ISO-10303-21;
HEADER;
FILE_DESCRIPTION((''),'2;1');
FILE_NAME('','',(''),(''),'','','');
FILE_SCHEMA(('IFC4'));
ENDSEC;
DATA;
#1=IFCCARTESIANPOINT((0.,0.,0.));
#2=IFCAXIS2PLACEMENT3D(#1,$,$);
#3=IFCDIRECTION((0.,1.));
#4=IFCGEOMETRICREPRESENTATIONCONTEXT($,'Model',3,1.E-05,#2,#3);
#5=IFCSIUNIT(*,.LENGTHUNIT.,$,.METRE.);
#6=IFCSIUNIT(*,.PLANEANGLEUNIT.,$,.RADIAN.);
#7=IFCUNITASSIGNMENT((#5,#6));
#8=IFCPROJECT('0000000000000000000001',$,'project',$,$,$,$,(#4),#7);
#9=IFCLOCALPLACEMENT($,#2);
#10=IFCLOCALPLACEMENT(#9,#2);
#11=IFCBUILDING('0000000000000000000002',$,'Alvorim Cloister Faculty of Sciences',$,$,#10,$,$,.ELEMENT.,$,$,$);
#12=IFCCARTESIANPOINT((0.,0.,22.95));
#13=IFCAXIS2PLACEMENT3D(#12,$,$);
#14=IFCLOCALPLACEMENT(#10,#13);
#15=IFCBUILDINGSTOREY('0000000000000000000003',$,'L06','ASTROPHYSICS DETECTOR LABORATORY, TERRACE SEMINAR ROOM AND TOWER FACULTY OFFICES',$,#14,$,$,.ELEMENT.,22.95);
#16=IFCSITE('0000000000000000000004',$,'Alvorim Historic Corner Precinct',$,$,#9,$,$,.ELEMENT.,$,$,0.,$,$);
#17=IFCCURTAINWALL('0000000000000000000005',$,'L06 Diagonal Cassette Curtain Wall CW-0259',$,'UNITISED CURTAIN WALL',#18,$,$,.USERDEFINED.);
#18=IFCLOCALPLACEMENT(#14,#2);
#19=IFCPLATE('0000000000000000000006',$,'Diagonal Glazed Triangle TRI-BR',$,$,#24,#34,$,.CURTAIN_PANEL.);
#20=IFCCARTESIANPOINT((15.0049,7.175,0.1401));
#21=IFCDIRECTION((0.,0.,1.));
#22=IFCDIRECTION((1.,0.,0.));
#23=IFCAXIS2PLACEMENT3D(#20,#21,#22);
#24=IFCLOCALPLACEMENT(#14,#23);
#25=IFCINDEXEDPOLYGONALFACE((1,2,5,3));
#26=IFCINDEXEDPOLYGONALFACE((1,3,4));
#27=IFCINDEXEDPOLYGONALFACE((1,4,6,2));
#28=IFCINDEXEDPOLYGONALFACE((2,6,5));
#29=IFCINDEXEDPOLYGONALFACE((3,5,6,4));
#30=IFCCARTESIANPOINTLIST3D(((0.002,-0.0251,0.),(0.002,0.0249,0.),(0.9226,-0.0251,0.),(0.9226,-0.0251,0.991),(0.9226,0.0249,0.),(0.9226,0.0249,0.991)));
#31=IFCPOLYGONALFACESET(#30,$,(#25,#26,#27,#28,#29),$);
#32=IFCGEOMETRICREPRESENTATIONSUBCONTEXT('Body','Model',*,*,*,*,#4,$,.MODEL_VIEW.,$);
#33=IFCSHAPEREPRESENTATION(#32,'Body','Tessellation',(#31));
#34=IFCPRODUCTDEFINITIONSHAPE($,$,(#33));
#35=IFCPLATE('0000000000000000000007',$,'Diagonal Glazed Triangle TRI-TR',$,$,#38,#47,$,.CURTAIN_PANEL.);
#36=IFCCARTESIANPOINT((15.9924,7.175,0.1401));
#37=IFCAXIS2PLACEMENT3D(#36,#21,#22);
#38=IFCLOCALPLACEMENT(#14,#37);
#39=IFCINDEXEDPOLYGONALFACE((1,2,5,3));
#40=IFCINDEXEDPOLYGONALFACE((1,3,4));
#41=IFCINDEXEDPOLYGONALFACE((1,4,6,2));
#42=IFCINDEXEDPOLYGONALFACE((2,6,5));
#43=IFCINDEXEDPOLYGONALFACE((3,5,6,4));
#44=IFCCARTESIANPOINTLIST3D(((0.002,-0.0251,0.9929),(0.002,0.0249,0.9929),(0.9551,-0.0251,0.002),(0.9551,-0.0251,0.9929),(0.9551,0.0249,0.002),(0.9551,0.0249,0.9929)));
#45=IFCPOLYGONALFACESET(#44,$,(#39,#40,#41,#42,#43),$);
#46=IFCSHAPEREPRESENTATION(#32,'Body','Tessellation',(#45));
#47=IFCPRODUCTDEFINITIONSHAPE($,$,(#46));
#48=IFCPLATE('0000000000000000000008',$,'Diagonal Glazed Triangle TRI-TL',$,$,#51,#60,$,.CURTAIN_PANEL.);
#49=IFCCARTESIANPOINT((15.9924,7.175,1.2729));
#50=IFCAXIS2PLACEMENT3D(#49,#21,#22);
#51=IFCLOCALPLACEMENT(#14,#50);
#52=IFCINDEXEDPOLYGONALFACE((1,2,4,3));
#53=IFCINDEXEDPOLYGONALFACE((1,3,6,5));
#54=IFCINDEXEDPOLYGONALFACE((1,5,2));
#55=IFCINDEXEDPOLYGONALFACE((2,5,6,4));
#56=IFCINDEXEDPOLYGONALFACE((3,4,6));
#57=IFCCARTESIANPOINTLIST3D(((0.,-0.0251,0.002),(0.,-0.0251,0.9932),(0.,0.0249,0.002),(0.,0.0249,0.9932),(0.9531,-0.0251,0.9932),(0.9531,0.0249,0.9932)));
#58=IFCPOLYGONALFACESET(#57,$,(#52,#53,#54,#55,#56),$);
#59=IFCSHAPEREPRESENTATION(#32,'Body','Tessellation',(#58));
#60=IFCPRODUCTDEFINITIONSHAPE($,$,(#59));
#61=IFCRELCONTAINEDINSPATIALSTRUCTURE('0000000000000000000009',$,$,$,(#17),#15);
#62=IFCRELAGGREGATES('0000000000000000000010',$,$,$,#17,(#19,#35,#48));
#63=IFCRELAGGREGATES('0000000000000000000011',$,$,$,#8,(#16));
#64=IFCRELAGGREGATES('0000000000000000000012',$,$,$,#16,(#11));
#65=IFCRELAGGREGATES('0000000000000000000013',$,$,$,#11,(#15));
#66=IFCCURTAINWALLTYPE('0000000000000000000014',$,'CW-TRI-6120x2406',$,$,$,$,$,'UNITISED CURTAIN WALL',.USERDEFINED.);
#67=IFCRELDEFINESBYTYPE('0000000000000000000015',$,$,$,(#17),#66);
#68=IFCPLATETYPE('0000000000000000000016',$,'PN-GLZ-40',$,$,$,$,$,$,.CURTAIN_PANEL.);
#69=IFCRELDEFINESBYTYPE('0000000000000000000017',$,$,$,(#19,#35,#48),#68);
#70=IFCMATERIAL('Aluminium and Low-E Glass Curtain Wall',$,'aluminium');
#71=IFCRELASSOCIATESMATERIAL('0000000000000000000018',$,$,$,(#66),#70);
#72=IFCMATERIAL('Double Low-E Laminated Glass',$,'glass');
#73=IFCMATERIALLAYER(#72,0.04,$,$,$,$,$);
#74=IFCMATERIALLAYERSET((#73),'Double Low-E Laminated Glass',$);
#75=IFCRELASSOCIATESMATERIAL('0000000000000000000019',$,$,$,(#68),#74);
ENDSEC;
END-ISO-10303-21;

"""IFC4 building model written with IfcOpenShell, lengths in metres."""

from ifc_helpers import new_model, si_unit, direction, frame, origin, place, context, subcontext, project, spatial, polyline, outline, extrude, material, layer, layer_set, type_object, element, aggregate, save


model = new_model("IFC4")

# Units and contexts
model_context = context("Model", 3, precision=1e-05, world=origin(), true_north=direction((0.0, 1.0)))
body_context = subcontext(model_context, "Body", "Model", "MODEL_VIEW")
ifc_project = project(units=[si_unit("LENGTHUNIT", "METRE"), si_unit("PLANEANGLEUNIT", "RADIAN")], contexts=[model_context])

# Site, building, storey
site_placement = place(None, origin())
site = spatial("IfcSite", under=ifc_project, at=site_placement, Name="Alvorim Historic Corner Precinct", CompositionType="ELEMENT", RefElevation=0.0)
building_placement = place(site_placement, origin())
building = spatial("IfcBuilding", under=site, at=building_placement, Name="Alvorim Cloister Faculty of Sciences", CompositionType="ELEMENT")
storey_placement = place(building_placement, frame((0.0, 0.0, 22.95)))
storey = spatial("IfcBuildingStorey", under=building, at=storey_placement, Name="L06", Description="ASTROPHYSICS DETECTOR LABORATORY, TERRACE SEMINAR ROOM AND TOWER FACULTY OFFICES", CompositionType="ELEMENT", Elevation=22.95)

# Curtain wall
ifc_material_1 = material(Name="Aluminium and Low-E Glass Curtain Wall", Category="aluminium")
curtain_wall_type = type_object("IfcCurtainWallType", Name="CW-TRI-6120x2406", ElementType="UNITISED CURTAIN WALL", PredefinedType="USERDEFINED", material=ifc_material_1)
curtain_wall_1_placement = place(storey_placement, origin())
curtain_wall_1 = element("IfcCurtainWall", 1, at=curtain_wall_1_placement, inside=storey, type_object=curtain_wall_type, Name="L06 Diagonal Cassette Curtain Wall CW-0259", ObjectType="UNITISED CURTAIN WALL", PredefinedType="USERDEFINED")

# Plates
ifc_material_2 = material(Name="Double Low-E Laminated Glass", Category="glass")
ifc_layer_1 = layer(ifc_material_2, 0.04)
ifc_layer_set_1 = layer_set([ifc_layer_1], Name="Double Low-E Laminated Glass")
plate_type = type_object("IfcPlateType", Name="PN-GLZ-40", PredefinedType="CURTAIN_PANEL", material=ifc_layer_set_1)
plate_1_placement = place(storey_placement, frame((15.0049, 7.175, 0.1401), z_axis=(0.0, 0.0, 1.0), x_axis=(1.0, 0.0, 0.0)))
plate_1 = element("IfcPlate", 2, at=plate_1_placement, type_object=plate_type, Name="Diagonal Glazed Triangle TRI-BR", PredefinedType="CURTAIN_PANEL", context=body_context, shape_type="SweptSolid", body=[
    extrude(outline(polyline([(0.002, 0.0), (0.9226, 0.0), (0.9226, 0.991), (0.002, 0.0)])), frame((0.0, 0.0249, 0.0), z_axis=(0.0, -1.0, 0.0), x_axis=(1.0, 0.0, 0.0)), (0.0, 0.0, 1.0), 0.05),
])
plate_2_placement = place(storey_placement, frame((15.9924, 7.175, 0.1401), z_axis=(0.0, 0.0, 1.0), x_axis=(1.0, 0.0, 0.0)))
plate_2 = element("IfcPlate", 3, at=plate_2_placement, type_object=plate_type, Name="Diagonal Glazed Triangle TRI-TR", PredefinedType="CURTAIN_PANEL", context=body_context, shape_type="SweptSolid", body=[
    extrude(outline(polyline([(0.9551, 0.002), (0.9551, 0.9929), (0.002, 0.9929), (0.9551, 0.002)])), frame((0.0, 0.0249, 0.0), z_axis=(0.0, -1.0, 0.0), x_axis=(1.0, 0.0, 0.0)), (0.0, 0.0, 1.0), 0.05),
])
plate_3_placement = place(storey_placement, frame((15.9924, 7.175, 1.2729), z_axis=(0.0, 0.0, 1.0), x_axis=(1.0, 0.0, 0.0)))
plate_3 = element("IfcPlate", 4, at=plate_3_placement, type_object=plate_type, Name="Diagonal Glazed Triangle TRI-TL", PredefinedType="CURTAIN_PANEL", context=body_context, shape_type="SweptSolid", body=[
    extrude(outline(polyline([(0.9531, 0.9932), (0.0, 0.9932), (0.0, 0.002), (0.9531, 0.9932)])), frame((0.0, 0.0249, 0.0), z_axis=(0.0, -1.0, 0.0), x_axis=(1.0, 0.0, 0.0)), (0.0, 0.0, 1.0), 0.05),
])
aggregate(curtain_wall_1, [plate_1, plate_2, plate_3])

save(model, "model.ifc")
